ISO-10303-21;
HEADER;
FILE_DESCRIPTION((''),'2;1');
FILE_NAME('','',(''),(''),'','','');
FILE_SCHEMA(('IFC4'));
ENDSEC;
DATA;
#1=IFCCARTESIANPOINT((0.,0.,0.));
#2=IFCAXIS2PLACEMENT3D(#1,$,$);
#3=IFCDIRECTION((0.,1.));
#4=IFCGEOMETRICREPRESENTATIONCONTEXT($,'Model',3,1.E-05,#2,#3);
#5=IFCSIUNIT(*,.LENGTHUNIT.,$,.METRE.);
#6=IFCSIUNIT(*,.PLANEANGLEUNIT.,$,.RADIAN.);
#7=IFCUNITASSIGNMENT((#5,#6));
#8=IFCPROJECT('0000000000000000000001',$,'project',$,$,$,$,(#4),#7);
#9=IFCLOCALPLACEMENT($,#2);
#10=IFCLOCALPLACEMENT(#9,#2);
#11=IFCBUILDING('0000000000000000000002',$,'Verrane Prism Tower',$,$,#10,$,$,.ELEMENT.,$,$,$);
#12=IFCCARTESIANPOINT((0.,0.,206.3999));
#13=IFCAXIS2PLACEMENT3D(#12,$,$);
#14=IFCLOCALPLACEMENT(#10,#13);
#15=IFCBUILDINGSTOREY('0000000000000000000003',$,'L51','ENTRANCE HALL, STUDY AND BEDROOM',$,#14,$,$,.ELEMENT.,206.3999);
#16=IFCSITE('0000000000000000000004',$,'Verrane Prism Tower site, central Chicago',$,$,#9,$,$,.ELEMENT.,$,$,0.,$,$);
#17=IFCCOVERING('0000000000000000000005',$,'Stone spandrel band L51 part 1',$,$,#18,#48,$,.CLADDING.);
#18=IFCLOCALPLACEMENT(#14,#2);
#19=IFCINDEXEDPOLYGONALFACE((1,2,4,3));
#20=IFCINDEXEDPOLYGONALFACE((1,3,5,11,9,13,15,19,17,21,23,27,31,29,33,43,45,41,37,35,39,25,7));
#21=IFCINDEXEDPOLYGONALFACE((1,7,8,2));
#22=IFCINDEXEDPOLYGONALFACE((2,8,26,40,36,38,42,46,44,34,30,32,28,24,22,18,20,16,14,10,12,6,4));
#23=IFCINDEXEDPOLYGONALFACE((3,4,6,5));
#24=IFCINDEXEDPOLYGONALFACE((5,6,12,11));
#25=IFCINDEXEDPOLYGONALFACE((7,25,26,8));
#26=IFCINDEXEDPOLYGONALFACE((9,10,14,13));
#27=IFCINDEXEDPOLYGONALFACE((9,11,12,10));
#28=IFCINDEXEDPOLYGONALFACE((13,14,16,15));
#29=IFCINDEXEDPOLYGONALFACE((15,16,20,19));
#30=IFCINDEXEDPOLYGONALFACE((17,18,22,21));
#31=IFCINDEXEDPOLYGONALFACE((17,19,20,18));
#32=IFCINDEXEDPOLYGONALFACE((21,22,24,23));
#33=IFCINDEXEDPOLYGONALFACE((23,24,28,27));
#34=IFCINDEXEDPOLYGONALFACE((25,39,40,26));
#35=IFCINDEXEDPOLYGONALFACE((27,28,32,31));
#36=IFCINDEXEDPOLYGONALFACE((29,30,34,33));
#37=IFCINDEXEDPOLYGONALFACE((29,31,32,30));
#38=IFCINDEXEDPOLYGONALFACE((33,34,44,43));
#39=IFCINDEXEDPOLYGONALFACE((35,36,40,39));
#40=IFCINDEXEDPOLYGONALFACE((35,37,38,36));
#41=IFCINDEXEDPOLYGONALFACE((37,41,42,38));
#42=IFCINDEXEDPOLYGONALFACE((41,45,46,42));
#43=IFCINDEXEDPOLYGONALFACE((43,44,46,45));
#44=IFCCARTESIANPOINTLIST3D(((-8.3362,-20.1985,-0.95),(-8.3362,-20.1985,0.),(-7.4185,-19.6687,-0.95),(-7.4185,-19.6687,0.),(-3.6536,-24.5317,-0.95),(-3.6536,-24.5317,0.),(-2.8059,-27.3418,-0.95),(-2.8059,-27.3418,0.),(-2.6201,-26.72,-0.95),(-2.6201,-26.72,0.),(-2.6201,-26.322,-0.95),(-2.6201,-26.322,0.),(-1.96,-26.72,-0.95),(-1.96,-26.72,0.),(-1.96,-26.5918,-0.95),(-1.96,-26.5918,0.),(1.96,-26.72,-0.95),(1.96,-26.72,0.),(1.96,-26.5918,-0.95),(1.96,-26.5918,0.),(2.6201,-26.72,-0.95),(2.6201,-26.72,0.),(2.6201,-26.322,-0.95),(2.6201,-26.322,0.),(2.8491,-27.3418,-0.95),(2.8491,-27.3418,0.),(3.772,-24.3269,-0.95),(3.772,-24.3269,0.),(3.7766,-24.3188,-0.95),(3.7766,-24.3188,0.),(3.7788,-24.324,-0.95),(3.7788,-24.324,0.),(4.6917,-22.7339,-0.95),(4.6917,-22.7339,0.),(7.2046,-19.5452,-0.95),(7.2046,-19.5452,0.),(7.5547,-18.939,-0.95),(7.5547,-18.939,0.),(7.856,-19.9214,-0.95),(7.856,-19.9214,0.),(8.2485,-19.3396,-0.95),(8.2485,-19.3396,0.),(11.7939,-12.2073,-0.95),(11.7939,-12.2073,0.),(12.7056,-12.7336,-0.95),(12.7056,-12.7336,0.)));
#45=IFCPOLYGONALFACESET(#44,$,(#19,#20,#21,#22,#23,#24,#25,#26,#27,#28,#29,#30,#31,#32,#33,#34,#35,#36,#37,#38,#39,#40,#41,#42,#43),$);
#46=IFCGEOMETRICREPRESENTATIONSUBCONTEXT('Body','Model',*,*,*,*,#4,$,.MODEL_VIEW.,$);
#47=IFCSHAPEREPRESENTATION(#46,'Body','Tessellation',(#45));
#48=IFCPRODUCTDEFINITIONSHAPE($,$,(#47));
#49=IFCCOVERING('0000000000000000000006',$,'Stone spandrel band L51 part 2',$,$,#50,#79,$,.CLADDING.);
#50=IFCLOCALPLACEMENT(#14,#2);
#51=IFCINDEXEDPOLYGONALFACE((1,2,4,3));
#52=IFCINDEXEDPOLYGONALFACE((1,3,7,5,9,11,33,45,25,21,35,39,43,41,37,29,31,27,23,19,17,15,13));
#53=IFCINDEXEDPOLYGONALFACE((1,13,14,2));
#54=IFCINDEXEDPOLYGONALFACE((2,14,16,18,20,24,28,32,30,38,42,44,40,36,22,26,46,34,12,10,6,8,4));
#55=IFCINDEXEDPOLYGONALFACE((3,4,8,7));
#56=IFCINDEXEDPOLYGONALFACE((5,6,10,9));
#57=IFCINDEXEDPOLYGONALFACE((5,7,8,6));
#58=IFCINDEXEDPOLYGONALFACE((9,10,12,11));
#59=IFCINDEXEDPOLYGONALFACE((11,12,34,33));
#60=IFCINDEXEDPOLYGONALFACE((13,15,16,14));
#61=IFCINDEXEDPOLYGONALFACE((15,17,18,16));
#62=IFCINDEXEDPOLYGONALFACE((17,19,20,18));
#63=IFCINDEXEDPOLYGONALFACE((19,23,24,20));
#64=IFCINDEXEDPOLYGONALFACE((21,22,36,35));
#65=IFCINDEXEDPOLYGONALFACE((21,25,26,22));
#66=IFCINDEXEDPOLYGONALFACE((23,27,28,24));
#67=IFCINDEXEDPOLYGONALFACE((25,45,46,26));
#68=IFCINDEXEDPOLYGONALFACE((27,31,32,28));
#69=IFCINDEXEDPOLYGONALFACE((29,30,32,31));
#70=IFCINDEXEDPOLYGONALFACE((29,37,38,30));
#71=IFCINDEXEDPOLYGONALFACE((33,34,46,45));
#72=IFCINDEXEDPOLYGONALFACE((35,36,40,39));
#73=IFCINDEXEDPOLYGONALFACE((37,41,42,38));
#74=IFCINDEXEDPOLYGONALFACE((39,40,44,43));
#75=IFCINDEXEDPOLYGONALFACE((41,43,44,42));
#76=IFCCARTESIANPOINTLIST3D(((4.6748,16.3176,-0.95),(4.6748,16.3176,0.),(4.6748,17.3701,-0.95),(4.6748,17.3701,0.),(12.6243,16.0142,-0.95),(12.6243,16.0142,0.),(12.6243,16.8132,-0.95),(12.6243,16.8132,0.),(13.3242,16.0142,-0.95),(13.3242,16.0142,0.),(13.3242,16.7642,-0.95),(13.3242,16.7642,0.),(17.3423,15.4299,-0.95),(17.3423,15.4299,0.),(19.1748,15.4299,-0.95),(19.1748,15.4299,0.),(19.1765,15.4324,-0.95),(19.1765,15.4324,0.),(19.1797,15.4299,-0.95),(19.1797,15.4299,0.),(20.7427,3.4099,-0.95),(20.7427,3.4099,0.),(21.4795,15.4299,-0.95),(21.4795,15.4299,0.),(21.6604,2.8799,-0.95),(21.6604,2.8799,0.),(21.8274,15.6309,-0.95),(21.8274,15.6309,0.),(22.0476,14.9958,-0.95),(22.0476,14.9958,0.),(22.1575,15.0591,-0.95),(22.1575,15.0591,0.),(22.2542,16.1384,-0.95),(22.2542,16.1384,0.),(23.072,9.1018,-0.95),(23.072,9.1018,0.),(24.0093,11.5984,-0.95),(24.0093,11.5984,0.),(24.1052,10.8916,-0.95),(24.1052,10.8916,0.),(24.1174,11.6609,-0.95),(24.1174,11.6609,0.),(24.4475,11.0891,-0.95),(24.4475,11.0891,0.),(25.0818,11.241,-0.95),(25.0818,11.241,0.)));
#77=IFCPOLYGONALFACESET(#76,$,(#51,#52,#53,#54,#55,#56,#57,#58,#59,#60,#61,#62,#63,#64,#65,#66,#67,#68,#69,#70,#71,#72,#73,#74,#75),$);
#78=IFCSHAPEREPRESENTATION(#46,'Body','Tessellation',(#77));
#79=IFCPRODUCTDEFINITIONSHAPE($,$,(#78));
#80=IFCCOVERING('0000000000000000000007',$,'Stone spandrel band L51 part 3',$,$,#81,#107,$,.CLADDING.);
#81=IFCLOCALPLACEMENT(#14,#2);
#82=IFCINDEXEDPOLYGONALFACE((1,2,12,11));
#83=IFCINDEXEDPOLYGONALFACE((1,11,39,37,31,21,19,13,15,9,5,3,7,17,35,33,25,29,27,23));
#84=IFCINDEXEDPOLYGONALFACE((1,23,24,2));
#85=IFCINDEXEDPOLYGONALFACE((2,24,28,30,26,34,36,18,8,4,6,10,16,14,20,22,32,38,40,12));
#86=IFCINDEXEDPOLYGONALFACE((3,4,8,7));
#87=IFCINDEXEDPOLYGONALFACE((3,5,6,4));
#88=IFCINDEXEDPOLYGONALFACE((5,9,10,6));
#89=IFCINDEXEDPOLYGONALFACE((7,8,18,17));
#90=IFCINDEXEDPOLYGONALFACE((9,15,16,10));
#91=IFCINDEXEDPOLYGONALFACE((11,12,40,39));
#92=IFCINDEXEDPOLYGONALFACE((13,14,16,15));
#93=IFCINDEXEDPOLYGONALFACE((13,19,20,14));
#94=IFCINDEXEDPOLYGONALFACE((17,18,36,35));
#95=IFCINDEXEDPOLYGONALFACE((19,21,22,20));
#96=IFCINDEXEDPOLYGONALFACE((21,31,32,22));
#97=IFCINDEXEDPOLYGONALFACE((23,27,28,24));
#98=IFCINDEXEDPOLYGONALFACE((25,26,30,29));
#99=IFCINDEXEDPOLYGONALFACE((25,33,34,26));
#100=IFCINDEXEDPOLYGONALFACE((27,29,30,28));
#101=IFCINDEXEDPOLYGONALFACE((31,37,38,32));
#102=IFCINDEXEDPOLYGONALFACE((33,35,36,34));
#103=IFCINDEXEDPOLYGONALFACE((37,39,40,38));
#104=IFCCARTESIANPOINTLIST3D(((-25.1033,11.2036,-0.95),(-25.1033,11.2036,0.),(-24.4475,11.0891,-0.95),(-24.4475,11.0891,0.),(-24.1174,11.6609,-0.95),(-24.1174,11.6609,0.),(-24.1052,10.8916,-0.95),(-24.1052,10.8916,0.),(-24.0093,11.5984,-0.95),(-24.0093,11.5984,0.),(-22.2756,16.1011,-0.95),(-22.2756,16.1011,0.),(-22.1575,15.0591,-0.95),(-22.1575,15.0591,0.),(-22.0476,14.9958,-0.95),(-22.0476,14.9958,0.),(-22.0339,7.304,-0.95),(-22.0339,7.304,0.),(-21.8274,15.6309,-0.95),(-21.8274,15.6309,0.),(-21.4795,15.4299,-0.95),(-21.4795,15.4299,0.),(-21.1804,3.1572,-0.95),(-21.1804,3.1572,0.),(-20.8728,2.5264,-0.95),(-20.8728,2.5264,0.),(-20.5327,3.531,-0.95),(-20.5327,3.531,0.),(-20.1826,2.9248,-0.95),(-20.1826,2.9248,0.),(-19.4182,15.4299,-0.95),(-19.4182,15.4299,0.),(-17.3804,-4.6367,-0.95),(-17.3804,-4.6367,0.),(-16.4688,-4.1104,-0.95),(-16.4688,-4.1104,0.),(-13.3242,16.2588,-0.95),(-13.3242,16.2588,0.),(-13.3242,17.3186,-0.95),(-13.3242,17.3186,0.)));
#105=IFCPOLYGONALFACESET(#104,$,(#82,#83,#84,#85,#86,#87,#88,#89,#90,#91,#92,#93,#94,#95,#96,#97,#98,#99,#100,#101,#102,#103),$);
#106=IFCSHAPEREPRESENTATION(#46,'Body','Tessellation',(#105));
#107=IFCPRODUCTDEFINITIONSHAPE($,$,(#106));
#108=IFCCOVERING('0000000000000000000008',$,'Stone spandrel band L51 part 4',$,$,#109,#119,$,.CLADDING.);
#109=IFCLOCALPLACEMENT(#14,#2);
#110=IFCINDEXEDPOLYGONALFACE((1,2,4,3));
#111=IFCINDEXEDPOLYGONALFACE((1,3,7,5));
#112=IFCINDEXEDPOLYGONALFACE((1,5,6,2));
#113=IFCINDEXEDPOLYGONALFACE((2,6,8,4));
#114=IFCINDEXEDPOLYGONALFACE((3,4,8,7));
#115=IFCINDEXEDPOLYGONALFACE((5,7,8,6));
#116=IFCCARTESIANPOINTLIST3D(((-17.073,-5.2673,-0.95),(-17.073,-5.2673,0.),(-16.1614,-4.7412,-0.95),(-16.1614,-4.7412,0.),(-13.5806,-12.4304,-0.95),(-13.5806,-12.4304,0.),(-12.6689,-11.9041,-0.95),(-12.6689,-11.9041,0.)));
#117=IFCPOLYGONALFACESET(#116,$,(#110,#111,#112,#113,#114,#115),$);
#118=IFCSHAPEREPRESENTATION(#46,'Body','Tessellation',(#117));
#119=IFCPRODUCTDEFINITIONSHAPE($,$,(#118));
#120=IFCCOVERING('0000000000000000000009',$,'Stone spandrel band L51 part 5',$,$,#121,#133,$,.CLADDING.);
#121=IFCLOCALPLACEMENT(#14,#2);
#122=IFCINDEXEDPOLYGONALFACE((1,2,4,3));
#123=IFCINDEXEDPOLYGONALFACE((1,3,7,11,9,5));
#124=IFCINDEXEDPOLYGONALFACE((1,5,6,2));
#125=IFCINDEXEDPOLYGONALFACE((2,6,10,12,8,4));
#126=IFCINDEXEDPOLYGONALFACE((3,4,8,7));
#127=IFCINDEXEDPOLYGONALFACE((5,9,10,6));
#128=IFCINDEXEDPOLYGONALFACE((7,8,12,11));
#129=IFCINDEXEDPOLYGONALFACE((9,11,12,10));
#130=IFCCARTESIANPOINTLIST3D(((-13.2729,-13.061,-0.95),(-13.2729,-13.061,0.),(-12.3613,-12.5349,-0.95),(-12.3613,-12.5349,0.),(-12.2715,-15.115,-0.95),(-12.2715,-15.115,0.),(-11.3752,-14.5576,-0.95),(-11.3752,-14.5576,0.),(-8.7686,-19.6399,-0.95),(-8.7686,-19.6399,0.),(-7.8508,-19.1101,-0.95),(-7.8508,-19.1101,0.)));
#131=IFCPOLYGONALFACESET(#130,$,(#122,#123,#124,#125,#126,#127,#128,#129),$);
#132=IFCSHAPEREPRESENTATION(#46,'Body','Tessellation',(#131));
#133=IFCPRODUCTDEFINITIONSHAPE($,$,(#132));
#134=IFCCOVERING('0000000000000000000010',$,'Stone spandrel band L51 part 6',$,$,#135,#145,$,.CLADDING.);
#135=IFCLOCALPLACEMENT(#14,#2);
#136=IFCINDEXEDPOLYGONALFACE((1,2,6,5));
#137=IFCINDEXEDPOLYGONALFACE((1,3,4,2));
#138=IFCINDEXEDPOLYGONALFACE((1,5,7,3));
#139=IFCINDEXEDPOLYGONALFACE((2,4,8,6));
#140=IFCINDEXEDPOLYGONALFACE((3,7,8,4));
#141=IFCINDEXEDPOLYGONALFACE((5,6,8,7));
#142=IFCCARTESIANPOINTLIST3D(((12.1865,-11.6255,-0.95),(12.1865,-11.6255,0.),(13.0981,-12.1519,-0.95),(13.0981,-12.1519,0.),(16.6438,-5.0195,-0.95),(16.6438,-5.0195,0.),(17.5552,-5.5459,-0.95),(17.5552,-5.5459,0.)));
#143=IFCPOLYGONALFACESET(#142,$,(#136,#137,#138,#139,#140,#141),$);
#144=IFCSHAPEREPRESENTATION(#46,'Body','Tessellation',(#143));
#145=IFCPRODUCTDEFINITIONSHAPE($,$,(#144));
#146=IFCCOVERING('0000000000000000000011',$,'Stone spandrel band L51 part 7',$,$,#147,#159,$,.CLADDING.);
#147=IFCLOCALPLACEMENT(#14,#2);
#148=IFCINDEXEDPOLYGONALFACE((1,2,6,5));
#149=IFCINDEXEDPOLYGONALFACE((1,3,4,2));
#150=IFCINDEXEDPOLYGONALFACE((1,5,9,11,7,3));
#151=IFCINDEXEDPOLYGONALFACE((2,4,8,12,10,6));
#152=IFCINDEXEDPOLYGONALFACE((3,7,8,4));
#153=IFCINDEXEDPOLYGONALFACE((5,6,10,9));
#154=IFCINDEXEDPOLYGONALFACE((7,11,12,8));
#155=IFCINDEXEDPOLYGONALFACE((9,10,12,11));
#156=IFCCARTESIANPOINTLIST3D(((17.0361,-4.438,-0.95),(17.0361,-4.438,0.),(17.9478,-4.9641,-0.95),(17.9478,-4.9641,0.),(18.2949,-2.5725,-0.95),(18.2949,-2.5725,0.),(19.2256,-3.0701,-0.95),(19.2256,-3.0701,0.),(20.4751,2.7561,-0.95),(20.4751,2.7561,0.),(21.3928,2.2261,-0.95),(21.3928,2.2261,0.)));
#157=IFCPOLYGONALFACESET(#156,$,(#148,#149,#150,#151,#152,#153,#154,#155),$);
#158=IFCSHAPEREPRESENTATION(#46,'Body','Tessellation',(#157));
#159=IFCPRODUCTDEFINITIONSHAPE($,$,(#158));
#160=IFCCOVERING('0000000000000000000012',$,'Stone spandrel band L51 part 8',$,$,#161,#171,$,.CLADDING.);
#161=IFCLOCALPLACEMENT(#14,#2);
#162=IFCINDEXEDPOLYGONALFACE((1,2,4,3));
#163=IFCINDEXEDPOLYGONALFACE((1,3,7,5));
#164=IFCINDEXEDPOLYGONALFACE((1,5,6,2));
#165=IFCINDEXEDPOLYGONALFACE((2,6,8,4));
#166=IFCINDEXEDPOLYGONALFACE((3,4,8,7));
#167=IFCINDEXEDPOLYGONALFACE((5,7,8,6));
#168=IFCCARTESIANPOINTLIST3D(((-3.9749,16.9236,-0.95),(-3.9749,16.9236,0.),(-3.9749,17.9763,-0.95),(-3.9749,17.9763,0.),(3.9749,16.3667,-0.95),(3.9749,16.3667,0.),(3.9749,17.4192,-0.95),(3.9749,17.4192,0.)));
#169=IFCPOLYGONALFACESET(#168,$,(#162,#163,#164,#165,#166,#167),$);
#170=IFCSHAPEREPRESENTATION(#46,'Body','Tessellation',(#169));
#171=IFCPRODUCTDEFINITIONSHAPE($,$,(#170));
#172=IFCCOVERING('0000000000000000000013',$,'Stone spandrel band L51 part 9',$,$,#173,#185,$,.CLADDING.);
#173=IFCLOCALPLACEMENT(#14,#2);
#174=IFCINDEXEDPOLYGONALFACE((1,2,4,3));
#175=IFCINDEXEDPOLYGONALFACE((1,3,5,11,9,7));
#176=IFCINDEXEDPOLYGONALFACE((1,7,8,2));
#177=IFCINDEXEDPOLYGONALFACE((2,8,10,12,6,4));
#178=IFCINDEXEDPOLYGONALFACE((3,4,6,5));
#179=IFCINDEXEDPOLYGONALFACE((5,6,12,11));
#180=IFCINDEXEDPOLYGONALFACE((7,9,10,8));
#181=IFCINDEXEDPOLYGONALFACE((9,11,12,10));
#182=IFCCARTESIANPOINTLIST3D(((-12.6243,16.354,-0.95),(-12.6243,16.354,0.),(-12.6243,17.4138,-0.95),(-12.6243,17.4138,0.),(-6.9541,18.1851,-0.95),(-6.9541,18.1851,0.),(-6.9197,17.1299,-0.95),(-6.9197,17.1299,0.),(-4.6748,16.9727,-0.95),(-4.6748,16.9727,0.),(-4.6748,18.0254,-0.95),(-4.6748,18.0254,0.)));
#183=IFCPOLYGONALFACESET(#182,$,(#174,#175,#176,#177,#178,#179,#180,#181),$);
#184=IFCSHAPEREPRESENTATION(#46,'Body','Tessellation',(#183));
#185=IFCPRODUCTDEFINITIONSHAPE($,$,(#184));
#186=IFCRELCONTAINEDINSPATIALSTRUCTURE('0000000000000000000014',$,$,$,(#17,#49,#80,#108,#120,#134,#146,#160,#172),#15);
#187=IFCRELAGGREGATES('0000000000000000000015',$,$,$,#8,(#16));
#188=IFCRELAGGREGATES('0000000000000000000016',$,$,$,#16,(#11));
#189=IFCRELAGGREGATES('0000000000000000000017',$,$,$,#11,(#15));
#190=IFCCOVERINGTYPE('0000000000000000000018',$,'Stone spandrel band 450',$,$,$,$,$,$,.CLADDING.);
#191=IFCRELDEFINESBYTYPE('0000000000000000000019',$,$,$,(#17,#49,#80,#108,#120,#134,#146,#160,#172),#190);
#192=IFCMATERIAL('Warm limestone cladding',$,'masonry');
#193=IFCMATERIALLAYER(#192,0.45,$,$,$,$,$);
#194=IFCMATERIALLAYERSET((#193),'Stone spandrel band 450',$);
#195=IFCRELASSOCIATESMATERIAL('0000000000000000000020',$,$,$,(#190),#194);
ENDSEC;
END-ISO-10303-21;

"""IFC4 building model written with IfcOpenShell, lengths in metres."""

from ifc_helpers import new_model, si_unit, direction, frame, origin, place, context, subcontext, project, spatial, polyline, outline, extrude, material, layer, layer_set, type_object, element, save


model = new_model("IFC4")

# Units and contexts
model_context = context("Model", 3, precision=1e-05, world=origin(), true_north=direction((0.0, 1.0)))
body_context = subcontext(model_context, "Body", "Model", "MODEL_VIEW")
ifc_project = project(units=[si_unit("LENGTHUNIT", "METRE"), si_unit("PLANEANGLEUNIT", "RADIAN")], contexts=[model_context])

# Site, building, storey
site_placement = place(None, origin())
site = spatial("IfcSite", under=ifc_project, at=site_placement, Name="Verrane Prism Tower site, central Chicago", CompositionType="ELEMENT", RefElevation=0.0)
building_placement = place(site_placement, origin())
building = spatial("IfcBuilding", under=site, at=building_placement, Name="Verrane Prism Tower", CompositionType="ELEMENT")
storey_placement = place(building_placement, frame((0.0, 0.0, 206.3999)))
storey = spatial("IfcBuildingStorey", under=building, at=storey_placement, Name="L51", Description="ENTRANCE HALL, STUDY AND BEDROOM", CompositionType="ELEMENT", Elevation=206.3999)

# Coverings
ifc_material_1 = material(Name="Warm limestone cladding", Category="masonry")
ifc_layer_1 = layer(ifc_material_1, 0.45)
ifc_layer_set_1 = layer_set([ifc_layer_1], Name="Stone spandrel band 450")
covering_type_1 = type_object("IfcCoveringType", Name="Stone spandrel band 450", PredefinedType="CLADDING", material=ifc_layer_set_1)
covering_1_placement = place(storey_placement, frame((0.0, 0.0, -0.95)))
element("IfcCovering", 1, at=covering_1_placement, inside=storey, type_object=covering_type_1, Name="Stone spandrel band L51 part 1", PredefinedType="CLADDING", context=body_context, shape_type="SweptSolid", body=[
    extrude(outline(polyline([(2.8491, -27.3418), (7.856, -19.9214), (7.2046, -19.5452), (7.5547, -18.939), (8.2485, -19.3396), (12.7056, -12.7336), (11.7939, -12.2073), (4.6917, -22.7339), (3.7766, -24.3188), (3.7788, -24.324), (3.772, -24.3269), (2.6201, -26.322), (2.6201, -26.72), (1.96, -26.72), (1.96, -26.5918), (-1.96, -26.5918), (-1.96, -26.72), (-2.6201, -26.72), (-2.6201, -26.322), (-3.6536, -24.5317), (-7.4185, -19.6687), (-8.3362, -20.1985), (-2.8059, -27.3418), (2.8491, -27.3418)])), origin(), (0.0, 0.0, 1.0), 0.95),
])
covering_2_placement = place(storey_placement, frame((0.0, 0.0, -0.95)))
element("IfcCovering", 2, at=covering_2_placement, inside=storey, type_object=covering_type_1, Name="Stone spandrel band L51 part 2", PredefinedType="CLADDING", context=body_context, shape_type="SweptSolid", body=[
    extrude(outline(polyline([(4.6748, 17.3701), (4.6748, 16.3176), (17.3423, 15.4299), (19.1748, 15.4299), (19.1765, 15.4324), (19.1797, 15.4299), (21.4795, 15.4299), (21.8274, 15.6309), (22.1575, 15.0591), (22.0476, 14.9958), (24.0093, 11.5984), (24.1174, 11.6609), (24.4475, 11.0891), (24.1052, 10.8916), (23.072, 9.1018), (20.7427, 3.4099), (21.6604, 2.8799), (25.0818, 11.241), (22.2542, 16.1384), (13.3242, 16.7642), (13.3242, 16.0142), (12.6243, 16.0142), (12.6243, 16.8132), (4.6748, 17.3701)])), origin(), (0.0, 0.0, 1.0), 0.95),
])
covering_3_placement = place(storey_placement, frame((0.0, 0.0, -0.95)))
element("IfcCovering", 3, at=covering_3_placement, inside=storey, type_object=covering_type_1, Name="Stone spandrel band L51 part 3", PredefinedType="CLADDING", context=body_context, shape_type="SweptSolid", body=[
    extrude(outline(polyline([(-17.3804, -4.6367), (-16.4688, -4.1104), (-22.0339, 7.304), (-24.1052, 10.8916), (-24.4475, 11.0891), (-24.1174, 11.6609), (-24.0093, 11.5984), (-22.0476, 14.9958), (-22.1575, 15.0591), (-21.8274, 15.6309), (-21.4795, 15.4299), (-19.4182, 15.4299), (-13.3242, 16.2588), (-13.3242, 17.3186), (-22.2756, 16.1011), (-25.1033, 11.2036), (-21.1804, 3.1572), (-20.5327, 3.531), (-20.1826, 2.9248), (-20.8728, 2.5264), (-17.3804, -4.6367)])), origin(), (0.0, 0.0, 1.0), 0.95),
])
covering_4_placement = place(storey_placement, frame((0.0, 0.0, -0.95)))
element("IfcCovering", 4, at=covering_4_placement, inside=storey, type_object=covering_type_1, Name="Stone spandrel band L51 part 4", PredefinedType="CLADDING", context=body_context, shape_type="SweptSolid", body=[
    extrude(outline(polyline([(-12.6689, -11.9041), (-16.1614, -4.7412), (-17.073, -5.2673), (-13.5806, -12.4304), (-12.6689, -11.9041)])), origin(), (0.0, 0.0, 1.0), 0.95),
])
covering_5_placement = place(storey_placement, frame((0.0, 0.0, -0.95)))
element("IfcCovering", 5, at=covering_5_placement, inside=storey, type_object=covering_type_1, Name="Stone spandrel band L51 part 5", PredefinedType="CLADDING", context=body_context, shape_type="SweptSolid", body=[
    extrude(outline(polyline([(-7.8508, -19.1101), (-11.3752, -14.5576), (-12.3613, -12.5349), (-13.2729, -13.061), (-12.2715, -15.115), (-8.7686, -19.6399), (-7.8508, -19.1101)])), origin(), (0.0, 0.0, 1.0), 0.95),
])
covering_6_placement = place(storey_placement, frame((0.0, 0.0, -0.95)))
element("IfcCovering", 6, at=covering_6_placement, inside=storey, type_object=covering_type_1, Name="Stone spandrel band L51 part 6", PredefinedType="CLADDING", context=body_context, shape_type="SweptSolid", body=[
    extrude(outline(polyline([(17.5552, -5.5459), (16.6438, -5.0195), (12.1865, -11.6255), (13.0981, -12.1519), (17.5552, -5.5459)])), origin(), (0.0, 0.0, 1.0), 0.95),
])
covering_7_placement = place(storey_placement, frame((0.0, 0.0, -0.95)))
element("IfcCovering", 7, at=covering_7_placement, inside=storey, type_object=covering_type_1, Name="Stone spandrel band L51 part 7", PredefinedType="CLADDING", context=body_context, shape_type="SweptSolid", body=[
    extrude(outline(polyline([(21.3928, 2.2261), (20.4751, 2.7561), (18.2949, -2.5725), (17.0361, -4.438), (17.9478, -4.9641), (19.2256, -3.0701), (21.3928, 2.2261)])), origin(), (0.0, 0.0, 1.0), 0.95),
])
covering_8_placement = place(storey_placement, frame((0.0, 0.0, -0.95)))
element("IfcCovering", 8, at=covering_8_placement, inside=storey, type_object=covering_type_1, Name="Stone spandrel band L51 part 8", PredefinedType="CLADDING", context=body_context, shape_type="SweptSolid", body=[
    extrude(outline(polyline([(-3.9749, 16.9236), (3.9749, 16.3667), (3.9749, 17.4192), (-3.9749, 17.9763), (-3.9749, 16.9236)])), origin(), (0.0, 0.0, 1.0), 0.95),
])
covering_9_placement = place(storey_placement, frame((0.0, 0.0, -0.95)))
element("IfcCovering", 9, at=covering_9_placement, inside=storey, type_object=covering_type_1, Name="Stone spandrel band L51 part 9", PredefinedType="CLADDING", context=body_context, shape_type="SweptSolid", body=[
    extrude(outline(polyline([(-12.6243, 16.354), (-6.9197, 17.1299), (-4.6748, 16.9727), (-4.6748, 18.0254), (-6.9541, 18.1851), (-12.6243, 17.4138), (-12.6243, 16.354)])), origin(), (0.0, 0.0, 1.0), 0.95),
])

save(model, "model.ifc")
